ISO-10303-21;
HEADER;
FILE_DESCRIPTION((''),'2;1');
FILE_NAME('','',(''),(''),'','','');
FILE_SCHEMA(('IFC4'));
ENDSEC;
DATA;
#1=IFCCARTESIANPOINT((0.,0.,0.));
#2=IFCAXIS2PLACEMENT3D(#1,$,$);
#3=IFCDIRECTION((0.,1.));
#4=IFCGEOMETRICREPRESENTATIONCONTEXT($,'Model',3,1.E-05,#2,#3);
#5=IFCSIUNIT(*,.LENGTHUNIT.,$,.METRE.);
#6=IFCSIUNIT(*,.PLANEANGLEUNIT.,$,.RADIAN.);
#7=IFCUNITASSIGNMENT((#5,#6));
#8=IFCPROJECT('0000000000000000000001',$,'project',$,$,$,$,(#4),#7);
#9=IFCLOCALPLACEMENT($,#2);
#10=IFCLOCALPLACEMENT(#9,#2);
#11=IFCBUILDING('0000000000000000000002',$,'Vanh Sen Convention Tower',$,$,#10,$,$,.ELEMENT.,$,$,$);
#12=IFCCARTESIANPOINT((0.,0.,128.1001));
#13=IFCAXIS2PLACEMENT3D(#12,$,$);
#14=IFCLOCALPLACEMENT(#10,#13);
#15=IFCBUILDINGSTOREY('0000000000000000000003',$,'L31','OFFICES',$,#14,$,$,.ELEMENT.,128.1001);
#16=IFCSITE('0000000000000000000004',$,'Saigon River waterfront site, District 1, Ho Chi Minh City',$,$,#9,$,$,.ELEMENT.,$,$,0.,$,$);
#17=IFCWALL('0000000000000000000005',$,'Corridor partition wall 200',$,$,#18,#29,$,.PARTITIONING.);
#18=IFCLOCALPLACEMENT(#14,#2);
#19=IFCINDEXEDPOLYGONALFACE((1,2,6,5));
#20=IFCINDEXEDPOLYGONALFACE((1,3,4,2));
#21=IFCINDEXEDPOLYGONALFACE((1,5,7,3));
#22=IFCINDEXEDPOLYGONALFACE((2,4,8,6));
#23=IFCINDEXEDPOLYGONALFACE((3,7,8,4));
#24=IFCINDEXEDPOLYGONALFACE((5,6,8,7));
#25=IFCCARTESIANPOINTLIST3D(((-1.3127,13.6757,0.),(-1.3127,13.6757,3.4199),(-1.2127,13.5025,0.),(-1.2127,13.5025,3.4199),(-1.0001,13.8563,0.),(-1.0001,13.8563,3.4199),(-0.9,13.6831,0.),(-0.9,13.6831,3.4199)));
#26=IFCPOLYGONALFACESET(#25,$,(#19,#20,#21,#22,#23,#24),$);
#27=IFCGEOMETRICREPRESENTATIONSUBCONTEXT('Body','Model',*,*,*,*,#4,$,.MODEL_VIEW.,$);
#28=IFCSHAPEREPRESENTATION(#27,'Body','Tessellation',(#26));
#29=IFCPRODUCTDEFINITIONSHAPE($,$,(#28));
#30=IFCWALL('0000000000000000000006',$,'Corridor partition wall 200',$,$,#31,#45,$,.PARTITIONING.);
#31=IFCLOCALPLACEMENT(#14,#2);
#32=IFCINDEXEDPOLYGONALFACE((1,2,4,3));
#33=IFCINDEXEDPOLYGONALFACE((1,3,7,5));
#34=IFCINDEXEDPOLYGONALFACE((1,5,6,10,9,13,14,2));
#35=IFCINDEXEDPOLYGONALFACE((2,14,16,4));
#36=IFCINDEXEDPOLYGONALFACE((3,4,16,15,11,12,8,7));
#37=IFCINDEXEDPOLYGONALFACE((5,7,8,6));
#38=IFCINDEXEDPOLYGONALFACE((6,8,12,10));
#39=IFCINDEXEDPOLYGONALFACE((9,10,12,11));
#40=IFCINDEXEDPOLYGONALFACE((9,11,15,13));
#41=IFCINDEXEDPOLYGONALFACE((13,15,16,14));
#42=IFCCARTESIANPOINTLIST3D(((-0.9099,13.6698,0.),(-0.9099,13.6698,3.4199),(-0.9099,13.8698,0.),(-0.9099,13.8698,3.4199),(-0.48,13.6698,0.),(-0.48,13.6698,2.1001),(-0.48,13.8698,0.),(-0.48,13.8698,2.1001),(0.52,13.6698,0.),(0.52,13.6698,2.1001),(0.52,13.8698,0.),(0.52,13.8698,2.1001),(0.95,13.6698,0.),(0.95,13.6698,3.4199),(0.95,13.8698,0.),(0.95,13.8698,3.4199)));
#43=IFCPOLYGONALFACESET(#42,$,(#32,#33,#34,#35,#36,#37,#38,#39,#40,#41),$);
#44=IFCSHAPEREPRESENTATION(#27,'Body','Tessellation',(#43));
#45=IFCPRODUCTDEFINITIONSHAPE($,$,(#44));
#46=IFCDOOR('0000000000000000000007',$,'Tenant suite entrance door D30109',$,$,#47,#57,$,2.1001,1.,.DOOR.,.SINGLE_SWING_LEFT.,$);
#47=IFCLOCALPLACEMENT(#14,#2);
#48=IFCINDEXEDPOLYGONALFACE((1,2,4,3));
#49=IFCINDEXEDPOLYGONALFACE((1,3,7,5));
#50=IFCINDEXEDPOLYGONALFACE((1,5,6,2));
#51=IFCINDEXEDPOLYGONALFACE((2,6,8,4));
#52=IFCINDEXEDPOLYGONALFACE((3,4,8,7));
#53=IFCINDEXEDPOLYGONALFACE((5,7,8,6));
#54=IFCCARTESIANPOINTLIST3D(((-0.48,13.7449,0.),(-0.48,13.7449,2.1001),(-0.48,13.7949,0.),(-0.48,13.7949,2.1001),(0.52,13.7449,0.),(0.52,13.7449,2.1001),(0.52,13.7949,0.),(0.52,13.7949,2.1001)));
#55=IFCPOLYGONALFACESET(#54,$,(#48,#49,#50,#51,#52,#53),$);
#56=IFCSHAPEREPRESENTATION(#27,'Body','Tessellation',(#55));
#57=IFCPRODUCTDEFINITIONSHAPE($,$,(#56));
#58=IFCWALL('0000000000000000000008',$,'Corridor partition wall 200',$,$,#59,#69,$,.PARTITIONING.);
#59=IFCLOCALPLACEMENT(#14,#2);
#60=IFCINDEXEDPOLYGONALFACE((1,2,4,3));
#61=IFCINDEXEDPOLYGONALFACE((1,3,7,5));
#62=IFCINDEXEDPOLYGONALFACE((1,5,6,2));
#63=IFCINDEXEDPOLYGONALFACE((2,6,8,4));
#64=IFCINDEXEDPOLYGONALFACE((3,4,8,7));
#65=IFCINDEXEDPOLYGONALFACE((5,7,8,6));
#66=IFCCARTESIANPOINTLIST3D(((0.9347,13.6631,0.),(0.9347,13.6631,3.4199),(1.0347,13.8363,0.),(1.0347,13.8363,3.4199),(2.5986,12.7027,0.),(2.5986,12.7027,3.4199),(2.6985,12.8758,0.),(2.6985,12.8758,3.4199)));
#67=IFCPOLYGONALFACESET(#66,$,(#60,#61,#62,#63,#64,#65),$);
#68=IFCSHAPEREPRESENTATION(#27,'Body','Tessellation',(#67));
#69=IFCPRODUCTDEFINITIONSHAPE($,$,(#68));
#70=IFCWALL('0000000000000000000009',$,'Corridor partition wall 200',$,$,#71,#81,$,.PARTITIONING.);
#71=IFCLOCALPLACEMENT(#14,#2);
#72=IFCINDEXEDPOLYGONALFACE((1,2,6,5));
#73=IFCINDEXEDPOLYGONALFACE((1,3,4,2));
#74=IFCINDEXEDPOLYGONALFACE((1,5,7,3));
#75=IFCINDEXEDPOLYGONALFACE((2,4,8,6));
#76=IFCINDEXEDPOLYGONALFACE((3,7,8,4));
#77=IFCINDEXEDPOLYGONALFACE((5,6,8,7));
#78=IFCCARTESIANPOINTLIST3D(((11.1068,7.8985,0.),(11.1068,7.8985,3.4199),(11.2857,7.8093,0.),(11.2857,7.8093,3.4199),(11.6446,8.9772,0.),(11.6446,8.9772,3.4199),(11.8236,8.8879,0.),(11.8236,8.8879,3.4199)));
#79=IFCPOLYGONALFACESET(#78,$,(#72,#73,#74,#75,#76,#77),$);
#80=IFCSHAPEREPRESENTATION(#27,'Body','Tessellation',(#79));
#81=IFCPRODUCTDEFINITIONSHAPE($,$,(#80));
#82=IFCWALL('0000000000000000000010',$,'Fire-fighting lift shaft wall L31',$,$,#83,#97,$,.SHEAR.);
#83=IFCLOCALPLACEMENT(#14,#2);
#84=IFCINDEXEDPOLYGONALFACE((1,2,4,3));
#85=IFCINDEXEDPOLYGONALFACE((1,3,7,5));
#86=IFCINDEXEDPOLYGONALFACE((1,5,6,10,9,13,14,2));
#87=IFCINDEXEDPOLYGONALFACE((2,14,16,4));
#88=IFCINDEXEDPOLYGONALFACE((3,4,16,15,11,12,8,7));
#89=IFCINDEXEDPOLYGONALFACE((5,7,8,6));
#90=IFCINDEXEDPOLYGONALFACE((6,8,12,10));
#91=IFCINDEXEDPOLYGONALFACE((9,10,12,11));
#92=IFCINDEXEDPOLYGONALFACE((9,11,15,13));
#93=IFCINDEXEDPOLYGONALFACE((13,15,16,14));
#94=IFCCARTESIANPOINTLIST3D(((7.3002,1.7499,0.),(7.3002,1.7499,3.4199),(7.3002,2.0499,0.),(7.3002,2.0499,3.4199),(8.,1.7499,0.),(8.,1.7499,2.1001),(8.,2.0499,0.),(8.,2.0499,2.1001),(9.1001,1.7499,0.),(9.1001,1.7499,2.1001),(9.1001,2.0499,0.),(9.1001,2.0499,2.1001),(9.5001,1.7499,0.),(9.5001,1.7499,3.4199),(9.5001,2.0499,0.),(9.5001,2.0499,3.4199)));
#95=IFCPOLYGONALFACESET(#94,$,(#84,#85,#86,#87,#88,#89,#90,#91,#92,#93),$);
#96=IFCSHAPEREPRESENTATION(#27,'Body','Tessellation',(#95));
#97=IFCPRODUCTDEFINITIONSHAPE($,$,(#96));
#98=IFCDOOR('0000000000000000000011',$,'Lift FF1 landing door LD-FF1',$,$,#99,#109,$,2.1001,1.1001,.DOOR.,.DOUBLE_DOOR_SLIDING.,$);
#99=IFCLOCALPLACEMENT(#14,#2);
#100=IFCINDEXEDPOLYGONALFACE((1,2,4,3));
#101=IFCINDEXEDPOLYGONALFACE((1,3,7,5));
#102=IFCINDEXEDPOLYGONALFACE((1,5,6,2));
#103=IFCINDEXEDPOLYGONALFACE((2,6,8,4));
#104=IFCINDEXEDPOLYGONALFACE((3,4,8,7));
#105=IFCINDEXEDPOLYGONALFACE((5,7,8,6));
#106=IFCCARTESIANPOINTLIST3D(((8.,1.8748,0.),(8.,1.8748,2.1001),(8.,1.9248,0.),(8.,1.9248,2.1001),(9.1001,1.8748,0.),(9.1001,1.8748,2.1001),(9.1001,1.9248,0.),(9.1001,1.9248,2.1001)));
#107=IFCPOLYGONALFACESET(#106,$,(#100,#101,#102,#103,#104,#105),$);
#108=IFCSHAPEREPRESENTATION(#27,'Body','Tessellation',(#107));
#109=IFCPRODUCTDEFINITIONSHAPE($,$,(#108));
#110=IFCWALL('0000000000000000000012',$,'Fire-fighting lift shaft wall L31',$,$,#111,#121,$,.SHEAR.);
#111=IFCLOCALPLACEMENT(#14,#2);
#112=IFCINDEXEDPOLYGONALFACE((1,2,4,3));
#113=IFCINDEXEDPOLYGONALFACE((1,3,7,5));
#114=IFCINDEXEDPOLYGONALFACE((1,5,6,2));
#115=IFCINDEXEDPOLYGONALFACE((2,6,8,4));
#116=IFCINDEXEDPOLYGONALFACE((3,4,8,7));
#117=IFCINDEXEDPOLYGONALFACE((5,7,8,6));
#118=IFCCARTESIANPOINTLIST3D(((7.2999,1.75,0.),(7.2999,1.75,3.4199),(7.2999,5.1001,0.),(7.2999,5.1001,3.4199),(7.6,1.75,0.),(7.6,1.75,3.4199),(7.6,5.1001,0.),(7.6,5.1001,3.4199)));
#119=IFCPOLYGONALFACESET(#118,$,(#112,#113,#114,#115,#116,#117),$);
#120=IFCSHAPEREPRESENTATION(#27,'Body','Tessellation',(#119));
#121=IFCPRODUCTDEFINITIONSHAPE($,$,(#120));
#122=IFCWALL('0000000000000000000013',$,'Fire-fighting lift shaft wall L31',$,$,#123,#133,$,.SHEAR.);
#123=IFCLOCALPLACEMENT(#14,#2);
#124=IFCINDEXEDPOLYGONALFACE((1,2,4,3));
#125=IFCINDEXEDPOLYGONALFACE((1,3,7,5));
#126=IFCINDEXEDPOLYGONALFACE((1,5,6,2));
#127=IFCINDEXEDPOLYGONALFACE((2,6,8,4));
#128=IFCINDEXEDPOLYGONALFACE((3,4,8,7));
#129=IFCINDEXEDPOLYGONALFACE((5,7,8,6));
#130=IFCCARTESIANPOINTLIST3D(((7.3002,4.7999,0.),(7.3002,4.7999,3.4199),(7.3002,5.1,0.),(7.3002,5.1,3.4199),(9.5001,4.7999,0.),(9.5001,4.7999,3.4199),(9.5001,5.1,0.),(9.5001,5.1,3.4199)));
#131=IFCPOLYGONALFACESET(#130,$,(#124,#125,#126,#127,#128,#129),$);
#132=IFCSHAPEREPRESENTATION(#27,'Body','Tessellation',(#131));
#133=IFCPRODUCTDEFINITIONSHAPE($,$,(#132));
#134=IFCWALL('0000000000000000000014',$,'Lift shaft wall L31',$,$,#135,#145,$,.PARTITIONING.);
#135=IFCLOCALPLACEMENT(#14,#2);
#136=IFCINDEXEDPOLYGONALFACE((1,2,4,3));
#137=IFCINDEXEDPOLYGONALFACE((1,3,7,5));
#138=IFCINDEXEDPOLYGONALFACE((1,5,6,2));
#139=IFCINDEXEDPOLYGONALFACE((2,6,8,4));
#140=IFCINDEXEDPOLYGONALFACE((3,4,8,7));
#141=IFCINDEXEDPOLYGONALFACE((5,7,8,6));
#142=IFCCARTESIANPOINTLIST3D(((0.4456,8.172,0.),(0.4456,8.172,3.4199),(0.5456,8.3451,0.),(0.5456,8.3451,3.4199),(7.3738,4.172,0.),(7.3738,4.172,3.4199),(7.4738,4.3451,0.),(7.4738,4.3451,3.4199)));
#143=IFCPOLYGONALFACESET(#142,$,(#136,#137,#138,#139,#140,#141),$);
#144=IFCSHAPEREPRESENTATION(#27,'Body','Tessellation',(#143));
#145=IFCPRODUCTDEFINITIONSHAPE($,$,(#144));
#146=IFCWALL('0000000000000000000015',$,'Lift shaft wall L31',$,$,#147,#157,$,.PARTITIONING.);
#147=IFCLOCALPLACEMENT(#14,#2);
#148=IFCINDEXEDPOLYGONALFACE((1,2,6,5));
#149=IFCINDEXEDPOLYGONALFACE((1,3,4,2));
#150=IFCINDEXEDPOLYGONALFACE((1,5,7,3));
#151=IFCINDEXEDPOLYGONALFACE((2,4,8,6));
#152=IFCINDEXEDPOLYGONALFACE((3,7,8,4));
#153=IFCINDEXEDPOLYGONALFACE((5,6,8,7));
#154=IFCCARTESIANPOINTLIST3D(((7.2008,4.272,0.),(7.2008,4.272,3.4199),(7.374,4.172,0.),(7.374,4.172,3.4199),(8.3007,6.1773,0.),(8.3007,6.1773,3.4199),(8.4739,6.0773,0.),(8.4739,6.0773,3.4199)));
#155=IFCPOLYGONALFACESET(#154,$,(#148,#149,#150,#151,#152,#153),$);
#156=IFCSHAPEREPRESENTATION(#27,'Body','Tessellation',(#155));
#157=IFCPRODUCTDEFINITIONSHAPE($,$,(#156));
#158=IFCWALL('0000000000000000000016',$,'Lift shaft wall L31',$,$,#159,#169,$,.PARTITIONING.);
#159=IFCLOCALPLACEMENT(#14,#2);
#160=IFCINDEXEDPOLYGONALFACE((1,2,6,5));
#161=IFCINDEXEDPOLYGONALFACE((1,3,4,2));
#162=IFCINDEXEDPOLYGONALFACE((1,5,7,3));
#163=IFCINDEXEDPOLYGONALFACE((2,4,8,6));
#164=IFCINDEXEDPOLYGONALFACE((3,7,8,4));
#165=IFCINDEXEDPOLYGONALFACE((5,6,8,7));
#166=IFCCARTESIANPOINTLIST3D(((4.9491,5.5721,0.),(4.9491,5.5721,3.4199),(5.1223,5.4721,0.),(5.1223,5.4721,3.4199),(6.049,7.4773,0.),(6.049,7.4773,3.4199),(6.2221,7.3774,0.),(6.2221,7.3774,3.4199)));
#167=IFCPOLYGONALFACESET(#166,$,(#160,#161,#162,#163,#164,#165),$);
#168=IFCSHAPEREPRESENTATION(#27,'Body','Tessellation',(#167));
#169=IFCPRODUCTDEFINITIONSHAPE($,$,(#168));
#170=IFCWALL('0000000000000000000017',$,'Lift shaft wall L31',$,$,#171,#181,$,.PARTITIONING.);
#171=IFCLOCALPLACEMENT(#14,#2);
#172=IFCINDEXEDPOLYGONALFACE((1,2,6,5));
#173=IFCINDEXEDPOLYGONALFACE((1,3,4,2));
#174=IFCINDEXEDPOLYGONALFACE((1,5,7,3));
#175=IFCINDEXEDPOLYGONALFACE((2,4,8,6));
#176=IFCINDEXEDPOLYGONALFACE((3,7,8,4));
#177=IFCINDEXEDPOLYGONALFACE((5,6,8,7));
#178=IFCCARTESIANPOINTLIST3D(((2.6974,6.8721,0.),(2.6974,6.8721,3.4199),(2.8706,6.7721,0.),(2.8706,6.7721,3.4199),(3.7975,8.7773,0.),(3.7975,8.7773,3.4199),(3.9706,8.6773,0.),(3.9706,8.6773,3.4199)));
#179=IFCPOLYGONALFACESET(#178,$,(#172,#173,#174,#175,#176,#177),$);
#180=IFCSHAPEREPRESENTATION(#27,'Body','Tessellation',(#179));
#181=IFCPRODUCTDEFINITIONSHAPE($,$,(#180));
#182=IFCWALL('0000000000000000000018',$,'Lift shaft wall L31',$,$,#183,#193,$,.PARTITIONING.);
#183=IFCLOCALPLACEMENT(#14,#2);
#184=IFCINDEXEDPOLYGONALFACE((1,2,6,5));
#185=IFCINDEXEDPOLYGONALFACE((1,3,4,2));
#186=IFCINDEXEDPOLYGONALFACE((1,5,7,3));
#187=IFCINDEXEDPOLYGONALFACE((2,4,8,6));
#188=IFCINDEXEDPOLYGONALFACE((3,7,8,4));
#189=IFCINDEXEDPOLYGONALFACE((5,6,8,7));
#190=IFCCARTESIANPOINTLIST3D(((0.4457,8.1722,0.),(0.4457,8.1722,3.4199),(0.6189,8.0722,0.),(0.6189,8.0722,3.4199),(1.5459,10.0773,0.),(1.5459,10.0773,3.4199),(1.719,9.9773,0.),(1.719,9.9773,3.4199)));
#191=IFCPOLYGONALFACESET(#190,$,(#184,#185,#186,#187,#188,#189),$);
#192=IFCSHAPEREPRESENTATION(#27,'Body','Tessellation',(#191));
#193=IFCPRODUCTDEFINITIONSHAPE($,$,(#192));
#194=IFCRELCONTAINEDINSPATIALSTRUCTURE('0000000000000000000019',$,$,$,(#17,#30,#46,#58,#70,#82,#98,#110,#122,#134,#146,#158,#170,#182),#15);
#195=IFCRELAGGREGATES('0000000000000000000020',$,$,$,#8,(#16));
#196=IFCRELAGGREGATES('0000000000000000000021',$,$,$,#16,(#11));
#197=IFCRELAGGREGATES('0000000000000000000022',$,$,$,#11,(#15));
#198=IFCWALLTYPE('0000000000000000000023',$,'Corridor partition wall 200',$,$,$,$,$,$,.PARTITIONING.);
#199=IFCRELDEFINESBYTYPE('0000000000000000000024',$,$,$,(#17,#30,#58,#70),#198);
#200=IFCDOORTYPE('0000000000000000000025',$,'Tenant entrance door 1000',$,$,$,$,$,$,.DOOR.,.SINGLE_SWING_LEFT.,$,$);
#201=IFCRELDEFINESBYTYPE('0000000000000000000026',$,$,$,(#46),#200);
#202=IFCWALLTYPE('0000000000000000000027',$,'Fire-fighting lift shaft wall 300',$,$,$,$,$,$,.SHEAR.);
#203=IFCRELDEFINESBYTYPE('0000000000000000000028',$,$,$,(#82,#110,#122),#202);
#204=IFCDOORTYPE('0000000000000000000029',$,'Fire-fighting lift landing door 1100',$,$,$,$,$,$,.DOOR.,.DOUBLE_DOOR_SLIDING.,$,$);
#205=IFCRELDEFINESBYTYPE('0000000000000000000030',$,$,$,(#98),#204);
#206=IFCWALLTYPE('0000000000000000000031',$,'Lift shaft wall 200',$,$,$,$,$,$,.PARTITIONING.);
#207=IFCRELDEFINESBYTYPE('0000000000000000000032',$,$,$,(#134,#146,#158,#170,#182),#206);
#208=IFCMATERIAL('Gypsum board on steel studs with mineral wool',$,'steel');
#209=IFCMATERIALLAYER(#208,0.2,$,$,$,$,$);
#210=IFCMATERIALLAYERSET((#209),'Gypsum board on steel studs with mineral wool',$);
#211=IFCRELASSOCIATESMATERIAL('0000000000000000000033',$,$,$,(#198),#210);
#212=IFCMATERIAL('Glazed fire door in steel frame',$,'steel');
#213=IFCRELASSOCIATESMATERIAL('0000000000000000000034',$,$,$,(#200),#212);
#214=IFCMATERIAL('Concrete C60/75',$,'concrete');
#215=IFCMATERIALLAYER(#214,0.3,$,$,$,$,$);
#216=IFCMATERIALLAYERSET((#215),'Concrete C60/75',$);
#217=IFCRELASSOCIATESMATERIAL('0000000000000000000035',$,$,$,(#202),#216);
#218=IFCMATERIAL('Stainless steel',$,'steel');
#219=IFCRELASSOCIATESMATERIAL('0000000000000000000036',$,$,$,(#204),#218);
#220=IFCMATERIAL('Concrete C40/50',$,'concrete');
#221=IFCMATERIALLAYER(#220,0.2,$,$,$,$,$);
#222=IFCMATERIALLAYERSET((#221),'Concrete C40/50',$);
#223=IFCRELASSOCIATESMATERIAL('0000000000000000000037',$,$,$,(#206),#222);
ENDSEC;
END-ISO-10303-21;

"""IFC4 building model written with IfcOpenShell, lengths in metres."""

from ifc_helpers import new_model, si_unit, direction, frame, frame_2d, origin, place, context, subcontext, project, spatial, rectangle, extrude, material, layer, layer_set, type_object, element, fill, save


model = new_model("IFC4")

# Units and contexts
model_context = context("Model", 3, precision=1e-05, world=origin(), true_north=direction((0.0, 1.0)))
body_context = subcontext(model_context, "Body", "Model", "MODEL_VIEW")
ifc_project = project(units=[si_unit("LENGTHUNIT", "METRE"), si_unit("PLANEANGLEUNIT", "RADIAN")], contexts=[model_context])

# Site, building, storey
site_placement = place(None, origin())
site = spatial("IfcSite", under=ifc_project, at=site_placement, Name="Saigon River waterfront site, District 1, Ho Chi Minh City", CompositionType="ELEMENT", RefElevation=0.0)
building_placement = place(site_placement, origin())
building = spatial("IfcBuilding", under=site, at=building_placement, Name="Vanh Sen Convention Tower", CompositionType="ELEMENT")
storey_placement = place(building_placement, frame((0.0, 0.0, 128.1001)))
storey = spatial("IfcBuildingStorey", under=building, at=storey_placement, Name="L31", Description="OFFICES", CompositionType="ELEMENT", Elevation=128.1001)

# Shared definitions
ifc_material_1 = material(Name="Stainless steel", Category="steel")

# Wall
ifc_material_2 = material(Name="Gypsum board on steel studs with mineral wool", Category="steel")
ifc_layer_1 = layer(ifc_material_2, 0.2)
ifc_layer_set_1 = layer_set([ifc_layer_1], Name="Gypsum board on steel studs with mineral wool")
wall_type_1 = type_object("IfcWallType", Name="Corridor partition wall 200", PredefinedType="PARTITIONING", material=ifc_layer_set_1)
wall_1_placement = place(storey_placement, frame((-0.95, 13.7698, 0.0), z_axis=(0.0, 0.0, 1.0), x_axis=(-0.865904, -0.50021, 0.0)))
element("IfcWall", 1, at=wall_1_placement, inside=storey, type_object=wall_type_1, Name="Corridor partition wall 200", PredefinedType="PARTITIONING", context=body_context, shape_type="SweptSolid", body=[
    extrude(rectangle(XDim=0.3611, YDim=0.2, at=frame_2d((0.1807, 0.0))), origin(), (0.0, 0.0, 1.0), 3.4199),
])

# Wall, opening, door
wall_2_placement = place(storey_placement, frame((0.95, 13.7698, 0.0), z_axis=(0.0, 0.0, 1.0), x_axis=(-1.0, 0.0, 0.0)))
wall_2 = element("IfcWall", 2, at=wall_2_placement, inside=storey, type_object=wall_type_1, Name="Corridor partition wall 200", PredefinedType="PARTITIONING", context=body_context, shape_type="SweptSolid", body=[
    extrude(rectangle(XDim=1.8599, YDim=0.2, at=frame_2d((0.9299, 0.0))), origin(), (0.0, 0.0, 1.0), 3.4199),
])
opening_1_placement = place(wall_2_placement, frame((0.4299, 0.0, 0.0)))
opening_1 = element("IfcOpeningElement", 3, at=opening_1_placement, cuts=wall_2, PredefinedType="OPENING", context=body_context, shape_type="SweptSolid", body=[
    extrude(rectangle(XDim=1.0, YDim=2.1001, at=frame_2d((0.5, 1.05))), frame((0.0, 0.1099, 0.0), z_axis=(0.0, -1.0, 0.0), x_axis=(1.0, 0.0, 0.0)), (0.0, 0.0, 1.0), 0.22),
])
ifc_material_3 = material(Name="Glazed fire door in steel frame", Category="steel")
door_type_1 = type_object("IfcDoorType", Name="Tenant entrance door 1000", OperationType="SINGLE_SWING_LEFT", PredefinedType="DOOR", material=ifc_material_3)
door_1_placement = place(opening_1_placement, origin())
door_1 = element("IfcDoor", 4, at=door_1_placement, inside=storey, type_object=door_type_1, Name="Tenant suite entrance door D30109", OperationType="SINGLE_SWING_LEFT", OverallHeight=2.1001, OverallWidth=1.0, PredefinedType="DOOR", context=body_context, shape_type="SweptSolid", body=[
    extrude(rectangle(XDim=1.0, YDim=2.1001, at=frame_2d((0.5, 1.05))), frame((0.0, 0.0249, 0.0), z_axis=(0.0, -1.0, 0.0), x_axis=(1.0, 0.0, 0.0)), (0.0, 0.0, 1.0), 0.05),
])
fill(opening_1, door_1)

# Walls
wall_3_placement = place(storey_placement, frame((2.6484, 12.7893, 0.0), z_axis=(0.0, 0.0, 1.0), x_axis=(-0.866061, 0.499939, 0.0)))
element("IfcWall", 5, at=wall_3_placement, inside=storey, type_object=wall_type_1, Name="Corridor partition wall 200", PredefinedType="PARTITIONING", context=body_context, shape_type="SweptSolid", body=[
    extrude(rectangle(XDim=1.9211, YDim=0.2, at=frame_2d((0.9604, 0.0))), origin(), (0.0, 0.0, 1.0), 3.4199),
])
wall_4_placement = place(storey_placement, frame((11.1963, 7.854, 0.0), z_axis=(0.0, 0.0, 1.0), x_axis=(0.446241, 0.894913, 0.0)))
element("IfcWall", 6, at=wall_4_placement, inside=storey, type_object=wall_type_1, Name="Corridor partition wall 200", PredefinedType="PARTITIONING", context=body_context, shape_type="SweptSolid", body=[
    extrude(rectangle(XDim=1.2053, YDim=0.2, at=frame_2d((0.6025, 0.0))), origin(), (0.0, 0.0, 1.0), 3.4199),
])

# Wall, opening, door
ifc_material_4 = material(Name="Concrete C60/75", Category="concrete")
ifc_layer_2 = layer(ifc_material_4, 0.3)
ifc_layer_set_2 = layer_set([ifc_layer_2], Name="Concrete C60/75")
wall_type_2 = type_object("IfcWallType", Name="Fire-fighting lift shaft wall 300", PredefinedType="SHEAR", material=ifc_layer_set_2)
wall_5_placement = place(storey_placement, frame((7.3, 1.8999, 0.0), z_axis=(0.0, 0.0, 1.0), x_axis=(1.0, 0.0, 0.0)))
wall_5 = element("IfcWall", 7, at=wall_5_placement, inside=storey, type_object=wall_type_2, Name="Fire-fighting lift shaft wall L31", PredefinedType="SHEAR", context=body_context, shape_type="SweptSolid", body=[
    extrude(rectangle(XDim=2.2, YDim=0.3, at=frame_2d((1.1001, 0.0))), origin(), (0.0, 0.0, 1.0), 3.4199),
])
opening_2_placement = place(wall_5_placement, frame((0.7, 0.0, 0.0)))
opening_2 = element("IfcOpeningElement", 8, at=opening_2_placement, cuts=wall_5, PredefinedType="OPENING", context=body_context, shape_type="SweptSolid", body=[
    extrude(rectangle(XDim=1.1001, YDim=2.1001, at=frame_2d((0.55, 1.05))), frame((0.0, 0.1599, 0.0), z_axis=(0.0, -1.0, 0.0), x_axis=(1.0, 0.0, 0.0)), (0.0, 0.0, 1.0), 0.3201),
])
door_type_2 = type_object("IfcDoorType", Name="Fire-fighting lift landing door 1100", OperationType="DOUBLE_DOOR_SLIDING", PredefinedType="DOOR", material=ifc_material_1)
door_2_placement = place(opening_2_placement, origin())
door_2 = element("IfcDoor", 9, at=door_2_placement, inside=storey, type_object=door_type_2, Name="Lift FF1 landing door LD-FF1", OperationType="DOUBLE_DOOR_SLIDING", OverallHeight=2.1001, OverallWidth=1.1001, PredefinedType="DOOR", context=body_context, shape_type="SweptSolid", body=[
    extrude(rectangle(XDim=1.1001, YDim=2.1001, at=frame_2d((0.55, 1.05))), frame((0.0, 0.0249, 0.0), z_axis=(0.0, -1.0, 0.0), x_axis=(1.0, 0.0, 0.0)), (0.0, 0.0, 1.0), 0.05),
])
fill(opening_2, door_2)

# Walls
wall_6_placement = place(storey_placement, frame((7.45, 1.75, 0.0), z_axis=(0.0, 0.0, 1.0), x_axis=(0.0, 1.0, 0.0)))
element("IfcWall", 10, at=wall_6_placement, inside=storey, type_object=wall_type_2, Name="Fire-fighting lift shaft wall L31", PredefinedType="SHEAR", context=body_context, shape_type="SweptSolid", body=[
    extrude(rectangle(XDim=3.3501, YDim=0.3, at=frame_2d((1.675, 0.0))), origin(), (0.0, 0.0, 1.0), 3.4199),
])
wall_7_placement = place(storey_placement, frame((7.3, 4.95, 0.0), z_axis=(0.0, 0.0, 1.0), x_axis=(1.0, 0.0, 0.0)))
element("IfcWall", 11, at=wall_7_placement, inside=storey, type_object=wall_type_2, Name="Fire-fighting lift shaft wall L31", PredefinedType="SHEAR", context=body_context, shape_type="SweptSolid", body=[
    extrude(rectangle(XDim=2.2, YDim=0.3, at=frame_2d((1.1001, 0.0))), origin(), (0.0, 0.0, 1.0), 3.4199),
])
ifc_material_5 = material(Name="Concrete C40/50", Category="concrete")
ifc_layer_3 = layer(ifc_material_5, 0.2)
ifc_layer_set_3 = layer_set([ifc_layer_3], Name="Concrete C40/50")
wall_type_3 = type_object("IfcWallType", Name="Lift shaft wall 200", PredefinedType="PARTITIONING", material=ifc_layer_set_3)
wall_8_placement = place(storey_placement, frame((7.4238, 4.2585, 0.0), z_axis=(0.0, 0.0, 1.0), x_axis=(-0.866026, 0.499999, 0.0)))
element("IfcWall", 12, at=wall_8_placement, inside=storey, type_object=wall_type_3, Name="Lift shaft wall L31", PredefinedType="PARTITIONING", context=body_context, shape_type="SweptSolid", body=[
    extrude(rectangle(XDim=8.0, YDim=0.2, at=frame_2d((4.0, 0.0))), origin(), (0.0, 0.0, 1.0), 3.4199),
])
for number, where, z_axis, x_axis, name in (
    (13, (7.2874, 4.2219, 0.0), (0.0, 0.0, 1.0), (0.499947, 0.866056, 0.0), "Lift shaft wall L31"),
    (14, (5.0356, 5.522, 0.0), (0.0, 0.0, 1.0), (0.499947, 0.866056, 0.0), "Lift shaft wall L31"),
    (15, (2.7839, 6.822, 0.0), (0.0, 0.0, 1.0), (0.50003, 0.866008, 0.0), "Lift shaft wall L31"),
    (16, (0.5322, 8.1221, 0.0), (0.0, 0.0, 1.0), (0.500078, 0.86598, 0.0), "Lift shaft wall L31"),
):
    element("IfcWall", number, at=place(storey_placement, frame(where, z_axis=z_axis, x_axis=x_axis)), inside=storey, type_object=wall_type_3, Name=name, PredefinedType="PARTITIONING", context=body_context, shape_type="SweptSolid", body=[
        extrude(rectangle(XDim=2.2, YDim=0.2, at=frame_2d((1.1001, 0.0))), origin(), (0.0, 0.0, 1.0), 3.4199),
    ])

save(model, "model.ifc")
